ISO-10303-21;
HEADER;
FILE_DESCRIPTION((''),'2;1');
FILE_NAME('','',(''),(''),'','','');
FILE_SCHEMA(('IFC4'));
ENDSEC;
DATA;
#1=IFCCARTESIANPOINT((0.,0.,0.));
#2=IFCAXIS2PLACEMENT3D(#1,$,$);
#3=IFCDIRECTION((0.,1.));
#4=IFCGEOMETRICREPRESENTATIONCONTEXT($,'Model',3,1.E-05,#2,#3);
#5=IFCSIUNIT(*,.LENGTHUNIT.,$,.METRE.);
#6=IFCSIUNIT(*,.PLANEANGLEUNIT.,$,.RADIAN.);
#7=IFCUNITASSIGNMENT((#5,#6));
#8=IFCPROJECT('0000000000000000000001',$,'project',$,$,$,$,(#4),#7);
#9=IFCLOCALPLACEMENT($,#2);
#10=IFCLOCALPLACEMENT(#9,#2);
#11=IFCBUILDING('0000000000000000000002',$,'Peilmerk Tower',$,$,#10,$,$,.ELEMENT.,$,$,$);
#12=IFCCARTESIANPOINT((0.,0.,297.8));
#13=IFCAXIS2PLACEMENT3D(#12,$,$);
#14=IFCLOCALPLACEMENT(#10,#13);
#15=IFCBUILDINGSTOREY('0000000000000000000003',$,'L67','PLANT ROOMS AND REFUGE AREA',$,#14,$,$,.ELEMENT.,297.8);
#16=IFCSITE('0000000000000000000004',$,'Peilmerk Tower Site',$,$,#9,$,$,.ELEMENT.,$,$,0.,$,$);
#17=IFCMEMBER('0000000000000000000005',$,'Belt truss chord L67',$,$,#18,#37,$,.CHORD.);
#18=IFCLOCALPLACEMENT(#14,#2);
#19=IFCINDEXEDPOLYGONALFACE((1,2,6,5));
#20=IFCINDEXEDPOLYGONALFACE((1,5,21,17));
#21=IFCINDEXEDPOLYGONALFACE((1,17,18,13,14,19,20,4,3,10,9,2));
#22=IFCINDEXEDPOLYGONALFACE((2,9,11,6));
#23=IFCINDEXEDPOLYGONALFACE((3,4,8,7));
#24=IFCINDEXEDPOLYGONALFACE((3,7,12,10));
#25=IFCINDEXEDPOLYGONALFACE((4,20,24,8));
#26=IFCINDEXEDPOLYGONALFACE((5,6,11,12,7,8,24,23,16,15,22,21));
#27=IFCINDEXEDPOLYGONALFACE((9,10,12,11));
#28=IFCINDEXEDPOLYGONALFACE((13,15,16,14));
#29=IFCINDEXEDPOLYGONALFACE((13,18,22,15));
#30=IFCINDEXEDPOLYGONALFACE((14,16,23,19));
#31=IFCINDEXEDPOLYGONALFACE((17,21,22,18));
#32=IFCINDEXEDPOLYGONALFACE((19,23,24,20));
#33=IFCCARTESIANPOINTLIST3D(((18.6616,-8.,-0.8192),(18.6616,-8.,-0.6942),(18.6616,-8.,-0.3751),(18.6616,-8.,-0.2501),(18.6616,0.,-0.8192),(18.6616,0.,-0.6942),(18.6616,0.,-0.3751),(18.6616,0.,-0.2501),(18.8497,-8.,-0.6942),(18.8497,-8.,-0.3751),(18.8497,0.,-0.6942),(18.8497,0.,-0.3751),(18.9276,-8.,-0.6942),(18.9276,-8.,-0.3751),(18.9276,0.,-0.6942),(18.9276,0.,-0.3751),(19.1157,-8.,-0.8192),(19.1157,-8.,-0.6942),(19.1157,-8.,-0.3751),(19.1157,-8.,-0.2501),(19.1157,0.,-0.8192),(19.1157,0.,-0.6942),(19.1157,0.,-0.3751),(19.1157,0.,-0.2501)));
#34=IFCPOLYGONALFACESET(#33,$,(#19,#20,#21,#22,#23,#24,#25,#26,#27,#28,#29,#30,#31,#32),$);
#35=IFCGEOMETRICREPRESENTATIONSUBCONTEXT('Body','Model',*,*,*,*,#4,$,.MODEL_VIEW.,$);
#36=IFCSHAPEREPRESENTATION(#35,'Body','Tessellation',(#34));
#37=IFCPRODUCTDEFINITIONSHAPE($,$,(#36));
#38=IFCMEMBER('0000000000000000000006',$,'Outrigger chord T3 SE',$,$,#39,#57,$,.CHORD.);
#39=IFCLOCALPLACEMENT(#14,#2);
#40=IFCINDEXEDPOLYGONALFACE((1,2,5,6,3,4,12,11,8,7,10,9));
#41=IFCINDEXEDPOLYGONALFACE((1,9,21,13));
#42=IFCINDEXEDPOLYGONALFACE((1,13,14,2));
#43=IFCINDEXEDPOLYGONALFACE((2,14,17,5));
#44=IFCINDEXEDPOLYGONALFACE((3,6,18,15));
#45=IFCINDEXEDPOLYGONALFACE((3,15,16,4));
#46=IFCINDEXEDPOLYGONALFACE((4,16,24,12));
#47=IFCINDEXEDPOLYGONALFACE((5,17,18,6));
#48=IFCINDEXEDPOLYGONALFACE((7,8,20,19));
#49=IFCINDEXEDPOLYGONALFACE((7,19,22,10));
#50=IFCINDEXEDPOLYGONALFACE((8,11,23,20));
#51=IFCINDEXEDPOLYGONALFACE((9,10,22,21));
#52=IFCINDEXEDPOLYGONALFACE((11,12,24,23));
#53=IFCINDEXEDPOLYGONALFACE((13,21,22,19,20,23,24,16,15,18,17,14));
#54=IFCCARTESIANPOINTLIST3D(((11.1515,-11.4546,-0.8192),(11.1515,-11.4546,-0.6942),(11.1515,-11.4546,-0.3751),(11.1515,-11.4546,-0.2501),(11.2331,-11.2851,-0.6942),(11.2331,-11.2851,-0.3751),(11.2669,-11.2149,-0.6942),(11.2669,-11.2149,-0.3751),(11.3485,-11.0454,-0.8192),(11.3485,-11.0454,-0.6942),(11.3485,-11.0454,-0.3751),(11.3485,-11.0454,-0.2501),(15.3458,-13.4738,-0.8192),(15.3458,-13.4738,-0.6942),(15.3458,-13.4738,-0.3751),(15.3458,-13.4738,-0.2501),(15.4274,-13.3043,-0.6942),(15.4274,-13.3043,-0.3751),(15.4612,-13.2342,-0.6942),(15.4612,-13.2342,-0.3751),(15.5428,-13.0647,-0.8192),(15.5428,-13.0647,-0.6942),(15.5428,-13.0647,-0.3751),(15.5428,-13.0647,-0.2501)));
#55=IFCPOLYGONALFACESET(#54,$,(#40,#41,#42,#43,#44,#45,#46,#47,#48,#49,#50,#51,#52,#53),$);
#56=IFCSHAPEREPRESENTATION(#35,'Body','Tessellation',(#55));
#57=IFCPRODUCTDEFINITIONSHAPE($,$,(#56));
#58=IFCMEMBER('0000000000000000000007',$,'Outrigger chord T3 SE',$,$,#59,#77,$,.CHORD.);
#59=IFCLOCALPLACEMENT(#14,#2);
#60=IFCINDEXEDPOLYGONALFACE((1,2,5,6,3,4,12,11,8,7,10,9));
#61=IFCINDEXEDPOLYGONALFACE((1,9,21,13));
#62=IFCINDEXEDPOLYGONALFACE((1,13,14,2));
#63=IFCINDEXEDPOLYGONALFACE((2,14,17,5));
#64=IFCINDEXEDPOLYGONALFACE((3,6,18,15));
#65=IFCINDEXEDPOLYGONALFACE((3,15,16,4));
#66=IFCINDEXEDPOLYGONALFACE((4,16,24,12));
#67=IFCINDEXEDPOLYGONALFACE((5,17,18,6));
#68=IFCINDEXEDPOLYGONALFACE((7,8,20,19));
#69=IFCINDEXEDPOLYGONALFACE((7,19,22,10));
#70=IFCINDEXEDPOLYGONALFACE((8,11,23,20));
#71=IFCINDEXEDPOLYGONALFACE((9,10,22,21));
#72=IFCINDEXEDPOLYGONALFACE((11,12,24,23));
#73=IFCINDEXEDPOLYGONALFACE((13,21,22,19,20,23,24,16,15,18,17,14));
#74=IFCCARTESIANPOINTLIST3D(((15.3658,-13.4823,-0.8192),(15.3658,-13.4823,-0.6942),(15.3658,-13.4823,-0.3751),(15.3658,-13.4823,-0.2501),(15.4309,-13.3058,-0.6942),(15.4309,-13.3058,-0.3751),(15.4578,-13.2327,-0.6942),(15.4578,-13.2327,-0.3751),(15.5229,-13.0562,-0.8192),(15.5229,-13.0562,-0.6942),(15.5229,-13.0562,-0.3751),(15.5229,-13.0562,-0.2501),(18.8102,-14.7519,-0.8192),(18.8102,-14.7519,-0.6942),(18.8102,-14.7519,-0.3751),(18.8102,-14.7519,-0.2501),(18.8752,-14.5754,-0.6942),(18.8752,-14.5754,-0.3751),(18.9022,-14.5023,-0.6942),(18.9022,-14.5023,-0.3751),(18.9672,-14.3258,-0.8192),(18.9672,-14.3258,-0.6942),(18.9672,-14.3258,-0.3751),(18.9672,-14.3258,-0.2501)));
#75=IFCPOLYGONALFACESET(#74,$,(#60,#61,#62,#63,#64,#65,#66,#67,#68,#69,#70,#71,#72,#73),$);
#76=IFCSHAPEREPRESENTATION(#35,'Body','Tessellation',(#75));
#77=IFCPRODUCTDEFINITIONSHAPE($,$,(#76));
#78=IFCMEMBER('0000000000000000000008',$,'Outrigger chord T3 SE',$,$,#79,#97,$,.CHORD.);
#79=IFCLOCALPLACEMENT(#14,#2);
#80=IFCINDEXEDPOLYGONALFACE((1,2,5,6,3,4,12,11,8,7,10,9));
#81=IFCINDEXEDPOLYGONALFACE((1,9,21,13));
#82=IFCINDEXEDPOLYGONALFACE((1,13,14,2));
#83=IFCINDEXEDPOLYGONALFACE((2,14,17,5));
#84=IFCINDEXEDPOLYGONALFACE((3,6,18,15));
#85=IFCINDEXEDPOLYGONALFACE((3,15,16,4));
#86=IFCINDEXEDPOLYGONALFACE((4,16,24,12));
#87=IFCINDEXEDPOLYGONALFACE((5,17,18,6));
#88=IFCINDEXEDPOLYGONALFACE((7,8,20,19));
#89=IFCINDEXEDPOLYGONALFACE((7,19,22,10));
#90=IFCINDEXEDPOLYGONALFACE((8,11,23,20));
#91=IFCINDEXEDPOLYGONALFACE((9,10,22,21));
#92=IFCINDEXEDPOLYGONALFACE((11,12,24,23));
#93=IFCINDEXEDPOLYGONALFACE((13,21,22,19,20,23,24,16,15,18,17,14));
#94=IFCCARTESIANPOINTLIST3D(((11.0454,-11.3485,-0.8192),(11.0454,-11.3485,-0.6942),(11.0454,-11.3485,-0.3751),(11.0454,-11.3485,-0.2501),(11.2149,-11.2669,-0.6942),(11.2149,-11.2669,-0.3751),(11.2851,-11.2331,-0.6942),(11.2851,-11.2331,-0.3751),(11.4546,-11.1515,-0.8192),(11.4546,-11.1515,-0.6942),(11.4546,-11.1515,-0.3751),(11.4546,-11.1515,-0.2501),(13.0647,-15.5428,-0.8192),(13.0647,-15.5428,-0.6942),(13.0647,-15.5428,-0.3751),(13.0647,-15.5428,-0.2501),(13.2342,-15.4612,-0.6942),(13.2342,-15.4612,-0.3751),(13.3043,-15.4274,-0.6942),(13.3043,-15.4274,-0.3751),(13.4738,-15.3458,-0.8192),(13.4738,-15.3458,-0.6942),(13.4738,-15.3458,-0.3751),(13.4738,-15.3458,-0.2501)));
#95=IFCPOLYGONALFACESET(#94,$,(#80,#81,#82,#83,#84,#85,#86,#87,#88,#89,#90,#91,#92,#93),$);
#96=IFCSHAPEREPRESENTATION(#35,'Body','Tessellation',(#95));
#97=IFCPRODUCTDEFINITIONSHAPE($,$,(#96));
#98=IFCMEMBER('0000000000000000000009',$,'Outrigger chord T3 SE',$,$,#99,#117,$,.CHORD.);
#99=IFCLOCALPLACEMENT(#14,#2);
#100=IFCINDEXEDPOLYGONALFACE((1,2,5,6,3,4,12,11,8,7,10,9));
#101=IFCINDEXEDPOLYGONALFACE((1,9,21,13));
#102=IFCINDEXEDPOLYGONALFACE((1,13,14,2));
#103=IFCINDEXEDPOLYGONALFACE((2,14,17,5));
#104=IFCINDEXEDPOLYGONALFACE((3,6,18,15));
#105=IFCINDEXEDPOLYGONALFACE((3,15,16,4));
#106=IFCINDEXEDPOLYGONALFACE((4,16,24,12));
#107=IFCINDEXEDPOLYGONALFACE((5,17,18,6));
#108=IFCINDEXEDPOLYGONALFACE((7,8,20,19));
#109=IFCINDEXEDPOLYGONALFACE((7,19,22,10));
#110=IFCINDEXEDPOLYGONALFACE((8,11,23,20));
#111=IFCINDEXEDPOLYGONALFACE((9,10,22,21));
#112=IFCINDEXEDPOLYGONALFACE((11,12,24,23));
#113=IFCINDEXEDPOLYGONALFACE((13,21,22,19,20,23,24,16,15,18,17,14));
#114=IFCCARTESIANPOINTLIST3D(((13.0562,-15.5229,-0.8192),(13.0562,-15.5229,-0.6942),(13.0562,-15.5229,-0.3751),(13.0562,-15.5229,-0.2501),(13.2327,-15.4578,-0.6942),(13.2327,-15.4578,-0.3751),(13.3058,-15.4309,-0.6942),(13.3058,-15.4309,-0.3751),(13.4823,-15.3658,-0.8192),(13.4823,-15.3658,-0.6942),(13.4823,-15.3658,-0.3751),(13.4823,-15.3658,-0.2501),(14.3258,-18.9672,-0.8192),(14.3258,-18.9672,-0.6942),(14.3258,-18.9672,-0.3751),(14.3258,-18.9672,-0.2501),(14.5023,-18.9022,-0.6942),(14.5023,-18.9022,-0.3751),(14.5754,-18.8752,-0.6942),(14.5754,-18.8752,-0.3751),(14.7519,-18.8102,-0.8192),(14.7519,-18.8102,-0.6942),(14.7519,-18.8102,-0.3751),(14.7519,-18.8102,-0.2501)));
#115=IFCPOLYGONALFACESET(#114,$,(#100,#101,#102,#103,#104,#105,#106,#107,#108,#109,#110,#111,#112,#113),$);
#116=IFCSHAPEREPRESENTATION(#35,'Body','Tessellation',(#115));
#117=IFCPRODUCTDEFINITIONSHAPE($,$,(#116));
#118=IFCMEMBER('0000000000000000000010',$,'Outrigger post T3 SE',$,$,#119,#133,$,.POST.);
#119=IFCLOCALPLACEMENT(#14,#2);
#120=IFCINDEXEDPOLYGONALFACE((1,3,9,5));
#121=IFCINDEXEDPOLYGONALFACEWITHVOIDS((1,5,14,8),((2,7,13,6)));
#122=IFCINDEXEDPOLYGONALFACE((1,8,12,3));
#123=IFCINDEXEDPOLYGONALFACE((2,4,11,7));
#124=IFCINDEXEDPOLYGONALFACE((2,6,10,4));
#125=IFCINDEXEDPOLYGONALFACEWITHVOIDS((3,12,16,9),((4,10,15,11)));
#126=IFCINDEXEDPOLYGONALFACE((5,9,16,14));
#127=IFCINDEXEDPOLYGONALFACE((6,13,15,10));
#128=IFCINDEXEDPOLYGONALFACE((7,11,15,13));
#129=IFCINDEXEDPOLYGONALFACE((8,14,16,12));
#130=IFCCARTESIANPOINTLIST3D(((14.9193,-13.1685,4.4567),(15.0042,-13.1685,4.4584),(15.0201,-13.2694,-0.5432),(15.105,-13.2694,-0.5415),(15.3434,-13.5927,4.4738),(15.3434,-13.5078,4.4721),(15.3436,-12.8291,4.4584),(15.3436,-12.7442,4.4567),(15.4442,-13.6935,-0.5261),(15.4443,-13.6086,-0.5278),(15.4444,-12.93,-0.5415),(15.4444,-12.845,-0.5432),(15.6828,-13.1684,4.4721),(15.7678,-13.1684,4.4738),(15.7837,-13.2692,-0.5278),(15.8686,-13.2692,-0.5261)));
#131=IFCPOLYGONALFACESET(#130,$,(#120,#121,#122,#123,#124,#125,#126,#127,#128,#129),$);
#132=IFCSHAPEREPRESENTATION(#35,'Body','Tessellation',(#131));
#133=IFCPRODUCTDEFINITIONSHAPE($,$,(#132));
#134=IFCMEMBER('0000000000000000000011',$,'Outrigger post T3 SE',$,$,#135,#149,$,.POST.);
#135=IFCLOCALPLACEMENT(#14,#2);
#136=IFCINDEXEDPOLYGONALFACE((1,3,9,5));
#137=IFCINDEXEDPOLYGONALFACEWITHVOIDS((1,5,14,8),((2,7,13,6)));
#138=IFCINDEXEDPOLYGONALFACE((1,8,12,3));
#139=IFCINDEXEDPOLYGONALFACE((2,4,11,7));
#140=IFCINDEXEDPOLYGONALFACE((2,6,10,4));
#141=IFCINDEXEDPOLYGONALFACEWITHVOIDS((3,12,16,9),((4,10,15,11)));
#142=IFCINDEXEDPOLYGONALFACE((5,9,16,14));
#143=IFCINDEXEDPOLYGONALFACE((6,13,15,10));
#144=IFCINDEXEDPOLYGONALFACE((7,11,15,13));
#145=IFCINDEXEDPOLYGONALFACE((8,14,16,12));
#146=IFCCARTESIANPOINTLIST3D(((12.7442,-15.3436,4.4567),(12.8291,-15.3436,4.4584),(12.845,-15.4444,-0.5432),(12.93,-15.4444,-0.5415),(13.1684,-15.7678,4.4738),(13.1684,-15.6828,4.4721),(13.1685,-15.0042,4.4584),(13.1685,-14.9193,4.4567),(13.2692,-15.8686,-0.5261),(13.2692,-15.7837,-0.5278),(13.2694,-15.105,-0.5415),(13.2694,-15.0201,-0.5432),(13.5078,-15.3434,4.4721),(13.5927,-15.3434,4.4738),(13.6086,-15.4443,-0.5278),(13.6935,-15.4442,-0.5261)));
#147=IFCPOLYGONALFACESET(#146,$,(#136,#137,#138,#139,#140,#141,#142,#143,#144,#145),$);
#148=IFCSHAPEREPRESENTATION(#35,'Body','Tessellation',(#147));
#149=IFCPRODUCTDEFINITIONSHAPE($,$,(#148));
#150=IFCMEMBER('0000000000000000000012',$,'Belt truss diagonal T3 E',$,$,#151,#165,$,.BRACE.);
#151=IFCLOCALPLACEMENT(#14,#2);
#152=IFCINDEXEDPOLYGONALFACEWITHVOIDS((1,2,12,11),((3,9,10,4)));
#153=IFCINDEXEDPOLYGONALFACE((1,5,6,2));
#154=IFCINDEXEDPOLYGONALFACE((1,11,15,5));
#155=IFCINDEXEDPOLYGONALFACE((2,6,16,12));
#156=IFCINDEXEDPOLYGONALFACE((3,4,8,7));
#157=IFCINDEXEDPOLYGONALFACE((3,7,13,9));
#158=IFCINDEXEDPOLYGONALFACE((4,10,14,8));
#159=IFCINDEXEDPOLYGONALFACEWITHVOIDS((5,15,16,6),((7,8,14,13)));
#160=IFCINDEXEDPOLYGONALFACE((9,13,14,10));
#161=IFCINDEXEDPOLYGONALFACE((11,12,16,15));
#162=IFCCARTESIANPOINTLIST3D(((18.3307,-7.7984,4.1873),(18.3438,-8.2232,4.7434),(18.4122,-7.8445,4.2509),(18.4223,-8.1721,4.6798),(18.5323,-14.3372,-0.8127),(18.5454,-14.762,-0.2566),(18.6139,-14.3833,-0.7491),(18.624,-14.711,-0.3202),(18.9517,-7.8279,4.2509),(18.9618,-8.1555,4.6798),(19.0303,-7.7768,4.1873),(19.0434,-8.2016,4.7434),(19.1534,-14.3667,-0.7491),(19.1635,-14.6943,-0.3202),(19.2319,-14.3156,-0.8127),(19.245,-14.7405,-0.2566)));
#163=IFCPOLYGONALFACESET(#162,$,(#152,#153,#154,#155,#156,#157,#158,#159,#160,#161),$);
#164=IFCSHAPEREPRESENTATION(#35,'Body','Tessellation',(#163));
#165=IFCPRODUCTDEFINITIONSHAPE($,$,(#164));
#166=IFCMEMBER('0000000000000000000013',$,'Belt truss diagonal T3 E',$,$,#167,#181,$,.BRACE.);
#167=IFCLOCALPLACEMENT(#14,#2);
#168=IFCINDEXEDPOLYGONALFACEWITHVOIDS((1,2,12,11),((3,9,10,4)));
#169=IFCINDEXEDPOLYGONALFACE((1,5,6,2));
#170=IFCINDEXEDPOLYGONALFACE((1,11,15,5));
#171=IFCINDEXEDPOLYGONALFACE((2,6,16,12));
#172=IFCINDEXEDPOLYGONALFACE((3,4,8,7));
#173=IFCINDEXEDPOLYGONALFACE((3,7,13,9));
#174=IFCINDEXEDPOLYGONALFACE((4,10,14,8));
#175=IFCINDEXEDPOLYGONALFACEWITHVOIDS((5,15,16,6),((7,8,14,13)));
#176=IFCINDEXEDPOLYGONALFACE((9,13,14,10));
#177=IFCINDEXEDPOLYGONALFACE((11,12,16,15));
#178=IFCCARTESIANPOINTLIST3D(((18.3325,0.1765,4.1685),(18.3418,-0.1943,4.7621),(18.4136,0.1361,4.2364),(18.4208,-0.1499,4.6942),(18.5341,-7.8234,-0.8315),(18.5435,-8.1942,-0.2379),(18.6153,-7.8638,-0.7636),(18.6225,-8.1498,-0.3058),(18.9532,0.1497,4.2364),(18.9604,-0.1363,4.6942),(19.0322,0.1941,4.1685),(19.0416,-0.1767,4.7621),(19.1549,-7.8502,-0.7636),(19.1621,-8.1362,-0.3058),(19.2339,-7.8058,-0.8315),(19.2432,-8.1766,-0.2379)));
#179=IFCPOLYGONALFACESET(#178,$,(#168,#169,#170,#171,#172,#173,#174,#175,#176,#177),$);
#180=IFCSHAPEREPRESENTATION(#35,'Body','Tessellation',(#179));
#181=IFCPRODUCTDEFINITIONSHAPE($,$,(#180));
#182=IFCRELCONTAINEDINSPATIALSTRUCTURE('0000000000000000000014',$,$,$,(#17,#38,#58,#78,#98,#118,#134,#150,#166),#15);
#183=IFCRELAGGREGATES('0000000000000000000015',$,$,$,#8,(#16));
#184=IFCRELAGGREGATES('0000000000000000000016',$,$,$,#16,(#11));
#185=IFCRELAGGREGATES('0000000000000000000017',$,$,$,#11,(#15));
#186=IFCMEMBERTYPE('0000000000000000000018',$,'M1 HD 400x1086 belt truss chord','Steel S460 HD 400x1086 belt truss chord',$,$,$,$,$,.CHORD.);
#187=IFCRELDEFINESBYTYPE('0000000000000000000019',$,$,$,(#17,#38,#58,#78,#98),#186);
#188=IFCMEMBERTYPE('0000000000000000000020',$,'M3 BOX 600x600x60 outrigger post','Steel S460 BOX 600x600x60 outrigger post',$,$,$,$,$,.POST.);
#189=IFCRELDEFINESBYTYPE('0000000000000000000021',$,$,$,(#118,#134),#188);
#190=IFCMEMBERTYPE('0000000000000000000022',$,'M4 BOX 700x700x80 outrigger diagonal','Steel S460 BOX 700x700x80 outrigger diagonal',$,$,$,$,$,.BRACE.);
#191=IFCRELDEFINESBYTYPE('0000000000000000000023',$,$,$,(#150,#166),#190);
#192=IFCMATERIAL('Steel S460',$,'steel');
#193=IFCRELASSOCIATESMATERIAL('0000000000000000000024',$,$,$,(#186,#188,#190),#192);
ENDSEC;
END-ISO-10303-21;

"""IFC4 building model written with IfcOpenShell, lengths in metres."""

from ifc_helpers import new_model, si_unit, direction, frame, origin, origin_2d, place, context, subcontext, project, spatial, hollow_rectangle, i_section, extrude, material, material_profile, profile_set, type_object, element, save


model = new_model("IFC4")

# Units and contexts
model_context = context("Model", 3, precision=1e-05, world=origin(), true_north=direction((0.0, 1.0)))
body_context = subcontext(model_context, "Body", "Model", "MODEL_VIEW")
ifc_project = project(units=[si_unit("LENGTHUNIT", "METRE"), si_unit("PLANEANGLEUNIT", "RADIAN")], contexts=[model_context])

# Site, building, storey
site_placement = place(None, origin())
site = spatial("IfcSite", under=ifc_project, at=site_placement, Name="Peilmerk Tower Site", CompositionType="ELEMENT", RefElevation=0.0)
building_placement = place(site_placement, origin())
building = spatial("IfcBuilding", under=site, at=building_placement, Name="Peilmerk Tower", CompositionType="ELEMENT")
storey_placement = place(building_placement, frame((0.0, 0.0, 297.8)))
storey = spatial("IfcBuildingStorey", under=building, at=storey_placement, Name="L67", Description="PLANT ROOMS AND REFUGE AREA", CompositionType="ELEMENT", Elevation=297.8)

# Shared definitions
ifc_material_1 = material(Name="Steel S460", Category="steel")

# Members
ifc_material_profile_1 = material_profile(ifc_material_1, i_section(OverallWidth=0.4541, OverallDepth=0.5691, WebThickness=0.0779, FlangeThickness=0.125, at=origin_2d()), Name="HD 400x1086")
ifc_profile_set_1 = profile_set([ifc_material_profile_1], Name="Steel S460")
member_type_1 = type_object("IfcMemberType", Name="M1 HD 400x1086 belt truss chord", Description="Steel S460 HD 400x1086 belt truss chord", PredefinedType="CHORD", material=ifc_profile_set_1)
member_1_placement = place(storey_placement, frame((18.8887, -8.0, -0.5347), z_axis=(0.0, 1.0, 0.0), x_axis=(-1.0, 0.0, 0.0)))
element("IfcMember", 1, at=member_1_placement, inside=storey, type_object=member_type_1, Name="Belt truss chord L67", PredefinedType="CHORD", context=body_context, shape_type="SweptSolid", body=[
    extrude(i_section(OverallWidth=0.4541, OverallDepth=0.5691, WebThickness=0.0779, FlangeThickness=0.125, at=origin_2d()), origin(), (0.0, 0.0, 1.0), 8.0),
])
member_2_placement = place(storey_placement, frame((11.25, -11.25, -0.5347), z_axis=(0.901019, -0.433779, 0.0), x_axis=(0.433779, 0.901019, 0.0)))
element("IfcMember", 2, at=member_2_placement, inside=storey, type_object=member_type_1, Name="Outrigger chord T3 SE", PredefinedType="CHORD", context=body_context, shape_type="SweptSolid", body=[
    extrude(i_section(OverallWidth=0.4541, OverallDepth=0.5691, WebThickness=0.0779, FlangeThickness=0.125, at=origin_2d()), origin(), (0.0, 0.0, 1.0), 4.655),
])
member_3_placement = place(storey_placement, frame((15.4443, -13.2693, -0.5347), z_axis=(0.938293, -0.345841, 0.0), x_axis=(0.345841, 0.938293, 0.0)))
element("IfcMember", 3, at=member_3_placement, inside=storey, type_object=member_type_1, Name="Outrigger chord T3 SE", PredefinedType="CHORD", context=body_context, shape_type="SweptSolid", body=[
    extrude(i_section(OverallWidth=0.4541, OverallDepth=0.5691, WebThickness=0.0779, FlangeThickness=0.125, at=origin_2d()), origin(), (0.0, 0.0, 1.0), 3.6709),
])
member_4_placement = place(storey_placement, frame((11.25, -11.25, -0.5347), z_axis=(0.433779, -0.901019, 0.0), x_axis=(0.901019, 0.433779, 0.0)))
element("IfcMember", 4, at=member_4_placement, inside=storey, type_object=member_type_1, Name="Outrigger chord T3 SE", PredefinedType="CHORD", context=body_context, shape_type="SweptSolid", body=[
    extrude(i_section(OverallWidth=0.4541, OverallDepth=0.5691, WebThickness=0.0779, FlangeThickness=0.125, at=origin_2d()), origin(), (0.0, 0.0, 1.0), 4.655),
])
member_5_placement = place(storey_placement, frame((13.2693, -15.4443, -0.5347), z_axis=(0.345841, -0.938293, 0.0), x_axis=(0.938293, 0.345841, 0.0)))
element("IfcMember", 5, at=member_5_placement, inside=storey, type_object=member_type_1, Name="Outrigger chord T3 SE", PredefinedType="CHORD", context=body_context, shape_type="SweptSolid", body=[
    extrude(i_section(OverallWidth=0.4541, OverallDepth=0.5691, WebThickness=0.0779, FlangeThickness=0.125, at=origin_2d()), origin(), (0.0, 0.0, 1.0), 3.6709),
])
ifc_material_profile_2 = material_profile(ifc_material_1, hollow_rectangle(XDim=0.6001, YDim=0.6001, WallThickness=0.0601, at=origin_2d()), Name="BOX 600x600x60")
ifc_profile_set_2 = profile_set([ifc_material_profile_2], Name="Steel S460")
member_type_2 = type_object("IfcMemberType", Name="M3 BOX 600x600x60 outrigger post", Description="Steel S460 BOX 600x600x60 outrigger post", PredefinedType="POST", material=ifc_profile_set_2)
for number, where, z_axis, x_axis, name in (
    (6, (15.4443, -13.2693, -0.5347), (-0.020158, 0.020158, 0.999594), (-0.707107, -0.707107, 0.0), "Outrigger post T3 SE"),
    (7, (13.2693, -15.4443, -0.5347), (-0.020158, 0.020158, 0.999594), (-0.707107, -0.707107, 0.0), "Outrigger post T3 SE"),
):
    element("IfcMember", number, at=place(storey_placement, frame(where, z_axis=z_axis, x_axis=x_axis)), inside=storey, type_object=member_type_2, Name=name, PredefinedType="POST", context=body_context, shape_type="SweptSolid", body=[
        extrude(hollow_rectangle(XDim=0.6001, YDim=0.6001, WallThickness=0.0601, at=origin_2d()), origin(), (0.0, 0.0, 1.0), 5.002),
    ])
ifc_material_profile_3 = material_profile(ifc_material_1, hollow_rectangle(XDim=0.7, YDim=0.7, WallThickness=0.0801, at=origin_2d()), Name="BOX 700x700x80")
ifc_profile_set_3 = profile_set([ifc_material_profile_3], Name="Steel S460")
member_type_3 = type_object("IfcMemberType", Name="M4 BOX 700x700x80 outrigger diagonal", Description="Steel S460 BOX 700x700x80 outrigger diagonal", PredefinedType="BRACE", material=ifc_profile_set_3)
member_6_placement = place(storey_placement, frame((18.8887, -14.5388, -0.5347), z_axis=(-0.024492, 0.794136, 0.607247), x_axis=(-0.999525, -0.030826, 0.0)))
element("IfcMember", 8, at=member_6_placement, inside=storey, type_object=member_type_3, Name="Belt truss diagonal T3 E", PredefinedType="BRACE", context=body_context, shape_type="SweptSolid", body=[
    extrude(hollow_rectangle(XDim=0.7, YDim=0.7, WallThickness=0.0801, at=origin_2d()), origin(), (0.0, 0.0, 1.0), 8.2339),
])
member_7_placement = place(storey_placement, frame((18.8887, -8.0, -0.5347), z_axis=(-0.021371, 0.847805, 0.529878), x_axis=(-0.999682, -0.0252, 0.0)))
element("IfcMember", 9, at=member_7_placement, inside=storey, type_object=member_type_3, Name="Belt truss diagonal T3 E", PredefinedType="BRACE", context=body_context, shape_type="SweptSolid", body=[
    extrude(hollow_rectangle(XDim=0.7, YDim=0.7, WallThickness=0.0801, at=origin_2d()), origin(), (0.0, 0.0, 1.0), 9.436),
])

save(model, "model.ifc")
